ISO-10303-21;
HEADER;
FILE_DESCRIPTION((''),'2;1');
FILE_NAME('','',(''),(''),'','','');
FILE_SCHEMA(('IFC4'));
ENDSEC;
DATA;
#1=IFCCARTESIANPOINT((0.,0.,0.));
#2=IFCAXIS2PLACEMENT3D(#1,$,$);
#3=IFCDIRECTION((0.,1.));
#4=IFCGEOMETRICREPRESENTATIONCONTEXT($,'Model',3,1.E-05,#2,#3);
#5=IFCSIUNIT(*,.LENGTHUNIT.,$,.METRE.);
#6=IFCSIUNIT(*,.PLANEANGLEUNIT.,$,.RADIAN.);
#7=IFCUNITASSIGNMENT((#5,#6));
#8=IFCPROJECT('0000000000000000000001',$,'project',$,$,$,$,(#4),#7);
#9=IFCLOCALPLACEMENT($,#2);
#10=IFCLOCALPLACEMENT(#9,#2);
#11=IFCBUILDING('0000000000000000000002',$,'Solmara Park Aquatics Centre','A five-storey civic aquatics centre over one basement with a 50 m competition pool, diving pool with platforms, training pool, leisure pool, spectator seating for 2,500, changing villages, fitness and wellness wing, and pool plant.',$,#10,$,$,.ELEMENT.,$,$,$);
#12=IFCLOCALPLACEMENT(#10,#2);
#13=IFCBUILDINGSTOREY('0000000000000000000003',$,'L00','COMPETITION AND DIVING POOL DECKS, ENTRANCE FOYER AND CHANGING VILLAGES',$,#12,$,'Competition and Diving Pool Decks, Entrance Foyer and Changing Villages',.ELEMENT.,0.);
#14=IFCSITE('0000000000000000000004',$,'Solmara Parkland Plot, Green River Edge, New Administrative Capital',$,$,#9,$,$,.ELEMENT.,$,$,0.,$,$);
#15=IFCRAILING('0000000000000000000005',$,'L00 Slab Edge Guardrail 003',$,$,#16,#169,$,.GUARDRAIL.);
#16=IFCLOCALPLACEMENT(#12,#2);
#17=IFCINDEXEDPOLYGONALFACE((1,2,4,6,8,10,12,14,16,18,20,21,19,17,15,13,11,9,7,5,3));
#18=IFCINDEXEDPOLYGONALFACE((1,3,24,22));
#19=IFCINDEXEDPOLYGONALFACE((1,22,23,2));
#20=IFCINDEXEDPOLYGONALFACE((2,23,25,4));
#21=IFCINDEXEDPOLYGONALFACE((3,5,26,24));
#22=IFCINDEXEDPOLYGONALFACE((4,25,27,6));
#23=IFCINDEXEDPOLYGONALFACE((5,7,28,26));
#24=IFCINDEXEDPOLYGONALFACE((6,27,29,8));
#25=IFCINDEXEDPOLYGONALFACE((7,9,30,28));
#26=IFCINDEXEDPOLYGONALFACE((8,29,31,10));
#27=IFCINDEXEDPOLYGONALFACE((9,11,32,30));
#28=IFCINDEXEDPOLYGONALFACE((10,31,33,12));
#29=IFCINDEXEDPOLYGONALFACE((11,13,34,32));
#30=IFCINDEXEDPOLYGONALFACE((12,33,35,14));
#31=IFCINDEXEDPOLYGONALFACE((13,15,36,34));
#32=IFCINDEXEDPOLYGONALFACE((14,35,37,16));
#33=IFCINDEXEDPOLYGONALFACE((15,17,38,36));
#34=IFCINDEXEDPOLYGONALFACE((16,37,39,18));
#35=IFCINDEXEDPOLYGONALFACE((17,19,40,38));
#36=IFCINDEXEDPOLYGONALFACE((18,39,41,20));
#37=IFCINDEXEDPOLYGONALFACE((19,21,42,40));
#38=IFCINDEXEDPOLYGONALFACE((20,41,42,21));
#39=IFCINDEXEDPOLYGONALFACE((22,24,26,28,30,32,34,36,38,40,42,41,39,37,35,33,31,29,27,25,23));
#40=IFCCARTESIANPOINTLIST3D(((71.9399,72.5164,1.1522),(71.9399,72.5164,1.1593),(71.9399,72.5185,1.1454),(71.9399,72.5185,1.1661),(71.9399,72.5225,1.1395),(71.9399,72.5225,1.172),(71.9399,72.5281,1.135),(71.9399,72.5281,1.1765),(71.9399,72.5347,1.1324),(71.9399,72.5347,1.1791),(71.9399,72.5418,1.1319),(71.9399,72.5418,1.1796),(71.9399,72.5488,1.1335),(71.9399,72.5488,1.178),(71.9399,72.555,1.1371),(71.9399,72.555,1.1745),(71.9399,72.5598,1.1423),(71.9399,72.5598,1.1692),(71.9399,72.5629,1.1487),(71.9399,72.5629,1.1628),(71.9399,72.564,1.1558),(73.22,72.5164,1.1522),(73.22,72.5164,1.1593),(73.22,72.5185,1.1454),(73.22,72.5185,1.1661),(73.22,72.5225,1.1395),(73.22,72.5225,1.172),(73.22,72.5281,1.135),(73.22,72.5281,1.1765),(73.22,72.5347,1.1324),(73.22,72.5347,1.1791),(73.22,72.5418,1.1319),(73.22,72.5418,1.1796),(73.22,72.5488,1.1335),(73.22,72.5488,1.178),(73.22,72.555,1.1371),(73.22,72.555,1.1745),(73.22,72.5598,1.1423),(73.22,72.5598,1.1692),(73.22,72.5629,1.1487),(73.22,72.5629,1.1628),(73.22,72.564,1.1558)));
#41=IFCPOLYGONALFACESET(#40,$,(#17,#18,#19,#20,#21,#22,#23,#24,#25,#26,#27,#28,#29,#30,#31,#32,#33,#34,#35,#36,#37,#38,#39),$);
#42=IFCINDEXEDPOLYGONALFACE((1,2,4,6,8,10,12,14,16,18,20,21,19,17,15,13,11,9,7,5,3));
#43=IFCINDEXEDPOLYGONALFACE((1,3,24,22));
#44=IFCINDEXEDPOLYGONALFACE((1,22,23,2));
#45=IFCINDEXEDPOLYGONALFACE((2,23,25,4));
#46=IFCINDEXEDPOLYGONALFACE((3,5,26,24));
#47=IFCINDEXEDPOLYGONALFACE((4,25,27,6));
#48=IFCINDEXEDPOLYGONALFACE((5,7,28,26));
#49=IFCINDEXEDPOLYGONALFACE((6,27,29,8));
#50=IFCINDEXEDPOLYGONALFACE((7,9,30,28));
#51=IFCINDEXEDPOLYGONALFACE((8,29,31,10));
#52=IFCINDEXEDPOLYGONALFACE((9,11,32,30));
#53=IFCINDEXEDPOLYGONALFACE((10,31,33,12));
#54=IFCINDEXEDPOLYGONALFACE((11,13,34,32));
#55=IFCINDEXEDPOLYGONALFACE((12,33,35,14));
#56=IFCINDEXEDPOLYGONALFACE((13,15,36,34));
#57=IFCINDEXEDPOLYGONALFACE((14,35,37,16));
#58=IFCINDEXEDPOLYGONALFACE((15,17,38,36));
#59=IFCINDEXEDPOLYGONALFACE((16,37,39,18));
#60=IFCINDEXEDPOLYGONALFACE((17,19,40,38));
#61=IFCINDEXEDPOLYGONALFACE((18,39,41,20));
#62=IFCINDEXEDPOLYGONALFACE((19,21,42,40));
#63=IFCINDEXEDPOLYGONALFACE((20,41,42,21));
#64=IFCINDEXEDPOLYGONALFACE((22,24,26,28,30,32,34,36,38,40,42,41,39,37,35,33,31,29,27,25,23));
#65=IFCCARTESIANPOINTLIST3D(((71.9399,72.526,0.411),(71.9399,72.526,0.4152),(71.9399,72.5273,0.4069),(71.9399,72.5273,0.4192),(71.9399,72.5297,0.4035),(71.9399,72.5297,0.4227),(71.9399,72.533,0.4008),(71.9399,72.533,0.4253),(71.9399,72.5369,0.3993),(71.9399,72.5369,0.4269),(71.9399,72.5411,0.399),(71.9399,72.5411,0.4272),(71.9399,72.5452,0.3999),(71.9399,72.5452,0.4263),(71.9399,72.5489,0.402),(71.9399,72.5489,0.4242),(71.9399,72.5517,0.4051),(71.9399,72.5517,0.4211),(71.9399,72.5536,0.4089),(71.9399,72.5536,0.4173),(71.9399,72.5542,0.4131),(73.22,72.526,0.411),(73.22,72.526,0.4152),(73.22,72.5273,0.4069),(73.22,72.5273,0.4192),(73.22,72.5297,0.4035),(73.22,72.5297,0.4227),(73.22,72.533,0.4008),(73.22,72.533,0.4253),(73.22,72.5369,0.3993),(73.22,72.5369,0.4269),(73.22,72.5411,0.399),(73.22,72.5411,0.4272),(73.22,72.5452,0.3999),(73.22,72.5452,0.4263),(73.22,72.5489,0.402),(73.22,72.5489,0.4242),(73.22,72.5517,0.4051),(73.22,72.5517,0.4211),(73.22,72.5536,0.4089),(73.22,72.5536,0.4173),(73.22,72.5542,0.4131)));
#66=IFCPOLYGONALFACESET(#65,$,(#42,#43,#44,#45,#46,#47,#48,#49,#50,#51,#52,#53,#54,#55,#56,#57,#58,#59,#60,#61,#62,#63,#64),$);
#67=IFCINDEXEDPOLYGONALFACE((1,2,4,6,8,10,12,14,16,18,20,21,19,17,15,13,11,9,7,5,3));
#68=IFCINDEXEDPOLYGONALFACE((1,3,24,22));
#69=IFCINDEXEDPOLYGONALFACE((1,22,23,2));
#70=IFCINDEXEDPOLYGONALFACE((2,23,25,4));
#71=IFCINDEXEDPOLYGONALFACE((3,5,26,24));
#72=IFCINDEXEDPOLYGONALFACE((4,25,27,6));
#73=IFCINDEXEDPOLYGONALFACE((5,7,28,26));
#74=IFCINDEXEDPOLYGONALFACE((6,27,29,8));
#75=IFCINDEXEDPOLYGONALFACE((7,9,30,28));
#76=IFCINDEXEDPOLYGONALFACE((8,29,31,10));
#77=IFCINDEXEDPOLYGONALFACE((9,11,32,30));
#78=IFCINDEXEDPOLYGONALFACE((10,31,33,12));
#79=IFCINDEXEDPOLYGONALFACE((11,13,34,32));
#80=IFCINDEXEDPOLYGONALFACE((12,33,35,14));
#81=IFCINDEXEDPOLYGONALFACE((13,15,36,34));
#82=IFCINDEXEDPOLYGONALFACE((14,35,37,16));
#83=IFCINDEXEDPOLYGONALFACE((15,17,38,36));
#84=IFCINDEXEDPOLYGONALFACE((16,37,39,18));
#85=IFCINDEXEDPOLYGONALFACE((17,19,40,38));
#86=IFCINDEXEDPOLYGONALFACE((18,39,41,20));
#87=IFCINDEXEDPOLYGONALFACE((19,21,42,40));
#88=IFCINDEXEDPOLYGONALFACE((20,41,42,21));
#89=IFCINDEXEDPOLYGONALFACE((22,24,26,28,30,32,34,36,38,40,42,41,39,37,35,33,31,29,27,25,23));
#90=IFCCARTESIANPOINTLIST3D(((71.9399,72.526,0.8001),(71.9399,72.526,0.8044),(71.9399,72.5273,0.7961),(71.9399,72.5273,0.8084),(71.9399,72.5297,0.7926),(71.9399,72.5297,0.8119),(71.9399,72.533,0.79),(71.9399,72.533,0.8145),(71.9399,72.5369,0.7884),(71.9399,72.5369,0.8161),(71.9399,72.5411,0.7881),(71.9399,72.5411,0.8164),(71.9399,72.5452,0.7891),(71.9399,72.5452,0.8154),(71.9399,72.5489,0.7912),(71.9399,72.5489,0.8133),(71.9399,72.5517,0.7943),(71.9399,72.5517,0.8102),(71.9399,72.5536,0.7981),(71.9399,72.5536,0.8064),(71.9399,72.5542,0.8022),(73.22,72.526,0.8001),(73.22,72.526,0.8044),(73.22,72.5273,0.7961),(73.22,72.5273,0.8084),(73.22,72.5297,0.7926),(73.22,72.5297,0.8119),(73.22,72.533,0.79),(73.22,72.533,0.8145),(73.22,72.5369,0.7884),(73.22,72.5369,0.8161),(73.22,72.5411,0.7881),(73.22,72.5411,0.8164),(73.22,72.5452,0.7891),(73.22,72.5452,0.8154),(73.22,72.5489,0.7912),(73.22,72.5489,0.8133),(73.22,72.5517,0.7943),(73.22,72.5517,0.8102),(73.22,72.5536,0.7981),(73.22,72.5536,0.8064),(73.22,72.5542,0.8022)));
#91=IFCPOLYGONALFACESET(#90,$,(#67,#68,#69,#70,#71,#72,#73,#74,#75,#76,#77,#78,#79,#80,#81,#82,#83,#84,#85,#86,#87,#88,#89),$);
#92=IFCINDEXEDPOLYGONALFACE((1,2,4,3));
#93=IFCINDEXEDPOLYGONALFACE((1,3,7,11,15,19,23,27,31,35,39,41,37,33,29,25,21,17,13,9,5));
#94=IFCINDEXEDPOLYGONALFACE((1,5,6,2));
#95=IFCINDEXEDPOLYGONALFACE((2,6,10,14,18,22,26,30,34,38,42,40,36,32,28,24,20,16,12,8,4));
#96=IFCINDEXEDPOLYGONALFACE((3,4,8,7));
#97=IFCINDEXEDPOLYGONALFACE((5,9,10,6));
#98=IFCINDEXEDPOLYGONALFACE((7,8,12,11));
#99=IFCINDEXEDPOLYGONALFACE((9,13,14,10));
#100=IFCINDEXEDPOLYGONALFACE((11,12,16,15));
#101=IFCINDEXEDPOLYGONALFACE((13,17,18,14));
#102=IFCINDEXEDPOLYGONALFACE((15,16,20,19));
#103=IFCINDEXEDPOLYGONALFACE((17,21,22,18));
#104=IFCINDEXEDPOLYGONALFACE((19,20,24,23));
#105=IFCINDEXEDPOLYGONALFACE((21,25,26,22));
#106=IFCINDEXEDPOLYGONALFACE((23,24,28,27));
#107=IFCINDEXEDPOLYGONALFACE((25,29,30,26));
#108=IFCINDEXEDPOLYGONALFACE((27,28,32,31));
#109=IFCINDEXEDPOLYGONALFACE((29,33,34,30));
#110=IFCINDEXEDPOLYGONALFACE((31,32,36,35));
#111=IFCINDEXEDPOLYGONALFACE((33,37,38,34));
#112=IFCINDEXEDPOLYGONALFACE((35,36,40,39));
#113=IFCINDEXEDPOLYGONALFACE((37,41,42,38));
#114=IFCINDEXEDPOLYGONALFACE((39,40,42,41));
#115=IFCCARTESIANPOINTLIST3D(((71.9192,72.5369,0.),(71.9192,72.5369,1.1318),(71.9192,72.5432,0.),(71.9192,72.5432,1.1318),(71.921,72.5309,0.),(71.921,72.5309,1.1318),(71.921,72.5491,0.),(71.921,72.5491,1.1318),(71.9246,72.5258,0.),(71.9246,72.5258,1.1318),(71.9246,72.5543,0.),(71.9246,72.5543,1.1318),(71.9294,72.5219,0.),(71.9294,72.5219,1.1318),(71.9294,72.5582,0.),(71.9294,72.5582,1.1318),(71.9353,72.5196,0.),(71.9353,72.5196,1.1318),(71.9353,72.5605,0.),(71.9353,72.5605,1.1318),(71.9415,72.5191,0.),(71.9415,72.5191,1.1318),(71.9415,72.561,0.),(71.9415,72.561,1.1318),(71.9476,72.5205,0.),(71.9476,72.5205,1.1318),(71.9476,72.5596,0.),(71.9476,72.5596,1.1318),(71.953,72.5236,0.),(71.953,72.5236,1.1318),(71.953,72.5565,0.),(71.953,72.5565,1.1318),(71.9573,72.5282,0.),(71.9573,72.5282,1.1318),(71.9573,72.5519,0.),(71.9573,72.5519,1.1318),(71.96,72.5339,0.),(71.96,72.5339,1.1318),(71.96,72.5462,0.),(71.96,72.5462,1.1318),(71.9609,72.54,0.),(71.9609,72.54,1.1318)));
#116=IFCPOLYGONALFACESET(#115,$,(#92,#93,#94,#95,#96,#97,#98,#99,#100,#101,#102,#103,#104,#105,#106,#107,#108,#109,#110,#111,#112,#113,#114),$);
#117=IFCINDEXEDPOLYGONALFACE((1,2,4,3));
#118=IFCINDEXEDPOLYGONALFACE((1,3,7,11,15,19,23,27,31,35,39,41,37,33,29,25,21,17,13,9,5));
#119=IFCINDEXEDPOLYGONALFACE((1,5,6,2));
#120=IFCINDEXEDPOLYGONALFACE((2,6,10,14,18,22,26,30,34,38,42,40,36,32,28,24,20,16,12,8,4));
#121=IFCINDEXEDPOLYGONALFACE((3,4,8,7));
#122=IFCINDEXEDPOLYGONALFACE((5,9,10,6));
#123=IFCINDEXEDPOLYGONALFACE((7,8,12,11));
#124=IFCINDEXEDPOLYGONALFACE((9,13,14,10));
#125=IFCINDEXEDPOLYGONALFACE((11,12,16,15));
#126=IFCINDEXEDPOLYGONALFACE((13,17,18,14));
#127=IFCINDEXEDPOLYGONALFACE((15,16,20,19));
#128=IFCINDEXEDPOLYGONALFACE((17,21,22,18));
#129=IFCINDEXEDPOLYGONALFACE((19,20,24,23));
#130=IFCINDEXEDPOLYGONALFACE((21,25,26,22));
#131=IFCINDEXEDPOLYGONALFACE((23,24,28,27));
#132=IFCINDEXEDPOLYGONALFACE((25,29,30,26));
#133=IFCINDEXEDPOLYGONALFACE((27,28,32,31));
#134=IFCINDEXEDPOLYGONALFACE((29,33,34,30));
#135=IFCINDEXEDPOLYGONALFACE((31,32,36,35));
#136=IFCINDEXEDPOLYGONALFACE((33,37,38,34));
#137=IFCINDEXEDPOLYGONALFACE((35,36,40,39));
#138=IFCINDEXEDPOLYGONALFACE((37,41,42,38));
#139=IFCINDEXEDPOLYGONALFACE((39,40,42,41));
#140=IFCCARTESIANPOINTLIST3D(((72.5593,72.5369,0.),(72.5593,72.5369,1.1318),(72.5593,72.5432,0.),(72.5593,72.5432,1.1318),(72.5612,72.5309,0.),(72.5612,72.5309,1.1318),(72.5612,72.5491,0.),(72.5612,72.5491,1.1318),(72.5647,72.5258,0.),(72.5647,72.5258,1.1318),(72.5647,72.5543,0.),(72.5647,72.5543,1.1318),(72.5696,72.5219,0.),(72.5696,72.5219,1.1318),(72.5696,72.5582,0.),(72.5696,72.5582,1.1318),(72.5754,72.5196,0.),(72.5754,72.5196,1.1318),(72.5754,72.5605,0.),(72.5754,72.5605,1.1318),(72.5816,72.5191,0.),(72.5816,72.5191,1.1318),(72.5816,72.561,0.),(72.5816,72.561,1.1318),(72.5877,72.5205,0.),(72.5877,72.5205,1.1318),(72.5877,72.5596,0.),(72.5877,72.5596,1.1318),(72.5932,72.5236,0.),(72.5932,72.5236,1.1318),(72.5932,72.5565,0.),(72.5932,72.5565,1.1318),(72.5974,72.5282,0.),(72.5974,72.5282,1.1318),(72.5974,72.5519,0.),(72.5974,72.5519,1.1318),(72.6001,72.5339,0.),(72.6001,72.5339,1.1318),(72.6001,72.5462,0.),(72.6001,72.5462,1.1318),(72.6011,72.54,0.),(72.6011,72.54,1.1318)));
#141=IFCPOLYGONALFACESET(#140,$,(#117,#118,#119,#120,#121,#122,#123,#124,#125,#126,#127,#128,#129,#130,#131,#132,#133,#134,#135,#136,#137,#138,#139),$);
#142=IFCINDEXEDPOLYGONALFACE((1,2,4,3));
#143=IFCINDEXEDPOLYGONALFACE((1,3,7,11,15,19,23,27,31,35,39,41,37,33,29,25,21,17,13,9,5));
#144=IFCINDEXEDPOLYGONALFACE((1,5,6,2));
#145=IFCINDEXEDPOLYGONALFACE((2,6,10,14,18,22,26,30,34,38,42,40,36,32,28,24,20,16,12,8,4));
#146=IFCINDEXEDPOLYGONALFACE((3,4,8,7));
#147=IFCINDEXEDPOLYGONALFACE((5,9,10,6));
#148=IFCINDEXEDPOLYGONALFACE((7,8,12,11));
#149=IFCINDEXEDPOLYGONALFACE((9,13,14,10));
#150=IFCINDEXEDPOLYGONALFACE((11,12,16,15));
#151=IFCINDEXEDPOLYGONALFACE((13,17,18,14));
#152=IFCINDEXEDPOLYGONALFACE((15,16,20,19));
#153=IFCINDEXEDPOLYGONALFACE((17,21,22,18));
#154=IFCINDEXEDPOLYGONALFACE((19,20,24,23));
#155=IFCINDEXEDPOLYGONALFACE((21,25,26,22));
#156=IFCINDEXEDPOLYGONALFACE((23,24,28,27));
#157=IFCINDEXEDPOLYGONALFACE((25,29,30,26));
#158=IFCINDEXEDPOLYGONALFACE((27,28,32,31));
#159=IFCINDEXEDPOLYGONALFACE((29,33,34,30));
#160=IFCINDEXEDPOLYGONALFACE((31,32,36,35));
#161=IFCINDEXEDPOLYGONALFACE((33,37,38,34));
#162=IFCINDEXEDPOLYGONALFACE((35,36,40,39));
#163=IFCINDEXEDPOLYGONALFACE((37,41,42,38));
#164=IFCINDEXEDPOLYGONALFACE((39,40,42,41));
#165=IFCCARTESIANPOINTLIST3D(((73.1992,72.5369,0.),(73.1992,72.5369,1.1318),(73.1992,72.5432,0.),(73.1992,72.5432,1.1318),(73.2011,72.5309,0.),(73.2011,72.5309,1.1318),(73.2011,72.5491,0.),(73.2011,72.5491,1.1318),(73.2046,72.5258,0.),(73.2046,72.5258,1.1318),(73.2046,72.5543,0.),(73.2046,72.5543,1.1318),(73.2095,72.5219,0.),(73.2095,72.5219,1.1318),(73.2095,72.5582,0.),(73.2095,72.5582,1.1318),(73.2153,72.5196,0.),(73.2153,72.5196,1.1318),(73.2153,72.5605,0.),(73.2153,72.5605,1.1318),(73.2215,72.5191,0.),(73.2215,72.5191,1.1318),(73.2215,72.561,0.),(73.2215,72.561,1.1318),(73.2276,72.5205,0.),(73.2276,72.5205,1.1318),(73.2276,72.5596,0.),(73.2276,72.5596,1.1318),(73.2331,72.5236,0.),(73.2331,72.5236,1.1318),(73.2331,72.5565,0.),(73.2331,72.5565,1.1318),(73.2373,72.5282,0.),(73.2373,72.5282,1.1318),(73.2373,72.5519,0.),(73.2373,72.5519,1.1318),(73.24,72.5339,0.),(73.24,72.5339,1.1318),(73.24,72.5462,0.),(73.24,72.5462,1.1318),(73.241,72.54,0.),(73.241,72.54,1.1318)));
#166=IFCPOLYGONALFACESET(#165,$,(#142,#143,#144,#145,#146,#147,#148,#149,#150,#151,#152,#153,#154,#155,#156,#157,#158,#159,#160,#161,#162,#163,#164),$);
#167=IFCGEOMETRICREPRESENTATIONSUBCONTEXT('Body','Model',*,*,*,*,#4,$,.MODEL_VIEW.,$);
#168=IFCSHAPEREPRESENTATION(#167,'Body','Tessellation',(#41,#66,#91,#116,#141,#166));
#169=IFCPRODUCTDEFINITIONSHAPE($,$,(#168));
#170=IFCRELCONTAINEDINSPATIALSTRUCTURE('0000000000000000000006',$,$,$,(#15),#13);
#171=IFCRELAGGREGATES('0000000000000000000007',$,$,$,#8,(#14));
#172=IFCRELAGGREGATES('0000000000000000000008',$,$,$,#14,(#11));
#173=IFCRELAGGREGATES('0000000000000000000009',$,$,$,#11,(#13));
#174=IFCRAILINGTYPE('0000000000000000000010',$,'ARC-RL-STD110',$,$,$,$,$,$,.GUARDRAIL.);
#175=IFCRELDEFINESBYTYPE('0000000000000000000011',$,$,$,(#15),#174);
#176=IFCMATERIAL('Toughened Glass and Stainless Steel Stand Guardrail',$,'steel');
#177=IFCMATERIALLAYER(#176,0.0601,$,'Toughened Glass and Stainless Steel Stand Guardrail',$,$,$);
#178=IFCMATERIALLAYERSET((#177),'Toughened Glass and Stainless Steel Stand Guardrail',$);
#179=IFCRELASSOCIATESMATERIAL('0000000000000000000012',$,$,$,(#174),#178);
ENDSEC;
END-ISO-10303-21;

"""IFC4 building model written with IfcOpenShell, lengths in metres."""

from ifc_helpers import new_model, si_unit, direction, frame, origin, origin_2d, place, context, subcontext, project, spatial, circle, extrude, material, layer, layer_set, type_object, element, save


model = new_model("IFC4")

# Units and contexts
model_context = context("Model", 3, precision=1e-05, world=origin(), true_north=direction((0.0, 1.0)))
body_context = subcontext(model_context, "Body", "Model", "MODEL_VIEW")
ifc_project = project(units=[si_unit("LENGTHUNIT", "METRE"), si_unit("PLANEANGLEUNIT", "RADIAN")], contexts=[model_context])

# Site, building, storey
site_placement = place(None, origin())
site = spatial("IfcSite", under=ifc_project, at=site_placement, Name="Solmara Parkland Plot, Green River Edge, New Administrative Capital", CompositionType="ELEMENT", RefElevation=0.0)
building_placement = place(site_placement, origin())
building = spatial("IfcBuilding", under=site, at=building_placement, Name="Solmara Park Aquatics Centre", Description="A five-storey civic aquatics centre over one basement with a 50 m competition pool, diving pool with platforms, training pool, leisure pool, spectator seating for 2,500, changing villages, fitness and wellness wing, and pool plant.", CompositionType="ELEMENT")
storey_placement = place(building_placement, origin())
storey = spatial("IfcBuildingStorey", under=building, at=storey_placement, Name="L00", Description="COMPETITION AND DIVING POOL DECKS, ENTRANCE FOYER AND CHANGING VILLAGES", LongName="Competition and Diving Pool Decks, Entrance Foyer and Changing Villages", CompositionType="ELEMENT", Elevation=0.0)

# Railing
ifc_material_1 = material(Name="Toughened Glass and Stainless Steel Stand Guardrail", Category="steel")
ifc_layer_1 = layer(ifc_material_1, 0.0601, Name="Toughened Glass and Stainless Steel Stand Guardrail")
ifc_layer_set_1 = layer_set([ifc_layer_1], Name="Toughened Glass and Stainless Steel Stand Guardrail")
railing_type = type_object("IfcRailingType", Name="ARC-RL-STD110", PredefinedType="GUARDRAIL", material=ifc_layer_set_1)
for number, where, name in (
    (1, (71.9399, 72.54, 0.0), "L00 Slab Edge Guardrail 003"),
):
    element("IfcRailing", number, at=place(storey_placement, frame(where)), inside=storey, type_object=railing_type, Name=name, PredefinedType="GUARDRAIL", context=body_context, shape_type="SweptSolid", body=[
        extrude(circle(Radius=0.0239, at=origin_2d()), frame((0.0, 0.0, 1.1558), z_axis=(1.0, 0.0, 0.0), x_axis=(0.0, 1.0, 0.0)), (0.0, 0.0, 1.0), 1.28),
        extrude(circle(Radius=0.0142, at=origin_2d()), frame((0.0, 0.0, 0.4131), z_axis=(1.0, 0.0, 0.0), x_axis=(0.0, 1.0, 0.0)), (0.0, 0.0, 1.0), 1.28),
        extrude(circle(Radius=0.0142, at=origin_2d()), frame((0.0, 0.0, 0.8022), z_axis=(1.0, 0.0, 0.0), x_axis=(0.0, 1.0, 0.0)), (0.0, 0.0, 1.0), 1.28),
        extrude(circle(Radius=0.021, at=origin_2d()), origin(), (0.0, 0.0, 1.0), 1.1318),
        extrude(circle(Radius=0.021, at=origin_2d()), frame((0.6401, 0.0, 0.0)), (0.0, 0.0, 1.0), 1.1318),
        extrude(circle(Radius=0.021, at=origin_2d()), frame((1.28, 0.0, 0.0)), (0.0, 0.0, 1.0), 1.1318),
    ])

save(model, "model.ifc")
